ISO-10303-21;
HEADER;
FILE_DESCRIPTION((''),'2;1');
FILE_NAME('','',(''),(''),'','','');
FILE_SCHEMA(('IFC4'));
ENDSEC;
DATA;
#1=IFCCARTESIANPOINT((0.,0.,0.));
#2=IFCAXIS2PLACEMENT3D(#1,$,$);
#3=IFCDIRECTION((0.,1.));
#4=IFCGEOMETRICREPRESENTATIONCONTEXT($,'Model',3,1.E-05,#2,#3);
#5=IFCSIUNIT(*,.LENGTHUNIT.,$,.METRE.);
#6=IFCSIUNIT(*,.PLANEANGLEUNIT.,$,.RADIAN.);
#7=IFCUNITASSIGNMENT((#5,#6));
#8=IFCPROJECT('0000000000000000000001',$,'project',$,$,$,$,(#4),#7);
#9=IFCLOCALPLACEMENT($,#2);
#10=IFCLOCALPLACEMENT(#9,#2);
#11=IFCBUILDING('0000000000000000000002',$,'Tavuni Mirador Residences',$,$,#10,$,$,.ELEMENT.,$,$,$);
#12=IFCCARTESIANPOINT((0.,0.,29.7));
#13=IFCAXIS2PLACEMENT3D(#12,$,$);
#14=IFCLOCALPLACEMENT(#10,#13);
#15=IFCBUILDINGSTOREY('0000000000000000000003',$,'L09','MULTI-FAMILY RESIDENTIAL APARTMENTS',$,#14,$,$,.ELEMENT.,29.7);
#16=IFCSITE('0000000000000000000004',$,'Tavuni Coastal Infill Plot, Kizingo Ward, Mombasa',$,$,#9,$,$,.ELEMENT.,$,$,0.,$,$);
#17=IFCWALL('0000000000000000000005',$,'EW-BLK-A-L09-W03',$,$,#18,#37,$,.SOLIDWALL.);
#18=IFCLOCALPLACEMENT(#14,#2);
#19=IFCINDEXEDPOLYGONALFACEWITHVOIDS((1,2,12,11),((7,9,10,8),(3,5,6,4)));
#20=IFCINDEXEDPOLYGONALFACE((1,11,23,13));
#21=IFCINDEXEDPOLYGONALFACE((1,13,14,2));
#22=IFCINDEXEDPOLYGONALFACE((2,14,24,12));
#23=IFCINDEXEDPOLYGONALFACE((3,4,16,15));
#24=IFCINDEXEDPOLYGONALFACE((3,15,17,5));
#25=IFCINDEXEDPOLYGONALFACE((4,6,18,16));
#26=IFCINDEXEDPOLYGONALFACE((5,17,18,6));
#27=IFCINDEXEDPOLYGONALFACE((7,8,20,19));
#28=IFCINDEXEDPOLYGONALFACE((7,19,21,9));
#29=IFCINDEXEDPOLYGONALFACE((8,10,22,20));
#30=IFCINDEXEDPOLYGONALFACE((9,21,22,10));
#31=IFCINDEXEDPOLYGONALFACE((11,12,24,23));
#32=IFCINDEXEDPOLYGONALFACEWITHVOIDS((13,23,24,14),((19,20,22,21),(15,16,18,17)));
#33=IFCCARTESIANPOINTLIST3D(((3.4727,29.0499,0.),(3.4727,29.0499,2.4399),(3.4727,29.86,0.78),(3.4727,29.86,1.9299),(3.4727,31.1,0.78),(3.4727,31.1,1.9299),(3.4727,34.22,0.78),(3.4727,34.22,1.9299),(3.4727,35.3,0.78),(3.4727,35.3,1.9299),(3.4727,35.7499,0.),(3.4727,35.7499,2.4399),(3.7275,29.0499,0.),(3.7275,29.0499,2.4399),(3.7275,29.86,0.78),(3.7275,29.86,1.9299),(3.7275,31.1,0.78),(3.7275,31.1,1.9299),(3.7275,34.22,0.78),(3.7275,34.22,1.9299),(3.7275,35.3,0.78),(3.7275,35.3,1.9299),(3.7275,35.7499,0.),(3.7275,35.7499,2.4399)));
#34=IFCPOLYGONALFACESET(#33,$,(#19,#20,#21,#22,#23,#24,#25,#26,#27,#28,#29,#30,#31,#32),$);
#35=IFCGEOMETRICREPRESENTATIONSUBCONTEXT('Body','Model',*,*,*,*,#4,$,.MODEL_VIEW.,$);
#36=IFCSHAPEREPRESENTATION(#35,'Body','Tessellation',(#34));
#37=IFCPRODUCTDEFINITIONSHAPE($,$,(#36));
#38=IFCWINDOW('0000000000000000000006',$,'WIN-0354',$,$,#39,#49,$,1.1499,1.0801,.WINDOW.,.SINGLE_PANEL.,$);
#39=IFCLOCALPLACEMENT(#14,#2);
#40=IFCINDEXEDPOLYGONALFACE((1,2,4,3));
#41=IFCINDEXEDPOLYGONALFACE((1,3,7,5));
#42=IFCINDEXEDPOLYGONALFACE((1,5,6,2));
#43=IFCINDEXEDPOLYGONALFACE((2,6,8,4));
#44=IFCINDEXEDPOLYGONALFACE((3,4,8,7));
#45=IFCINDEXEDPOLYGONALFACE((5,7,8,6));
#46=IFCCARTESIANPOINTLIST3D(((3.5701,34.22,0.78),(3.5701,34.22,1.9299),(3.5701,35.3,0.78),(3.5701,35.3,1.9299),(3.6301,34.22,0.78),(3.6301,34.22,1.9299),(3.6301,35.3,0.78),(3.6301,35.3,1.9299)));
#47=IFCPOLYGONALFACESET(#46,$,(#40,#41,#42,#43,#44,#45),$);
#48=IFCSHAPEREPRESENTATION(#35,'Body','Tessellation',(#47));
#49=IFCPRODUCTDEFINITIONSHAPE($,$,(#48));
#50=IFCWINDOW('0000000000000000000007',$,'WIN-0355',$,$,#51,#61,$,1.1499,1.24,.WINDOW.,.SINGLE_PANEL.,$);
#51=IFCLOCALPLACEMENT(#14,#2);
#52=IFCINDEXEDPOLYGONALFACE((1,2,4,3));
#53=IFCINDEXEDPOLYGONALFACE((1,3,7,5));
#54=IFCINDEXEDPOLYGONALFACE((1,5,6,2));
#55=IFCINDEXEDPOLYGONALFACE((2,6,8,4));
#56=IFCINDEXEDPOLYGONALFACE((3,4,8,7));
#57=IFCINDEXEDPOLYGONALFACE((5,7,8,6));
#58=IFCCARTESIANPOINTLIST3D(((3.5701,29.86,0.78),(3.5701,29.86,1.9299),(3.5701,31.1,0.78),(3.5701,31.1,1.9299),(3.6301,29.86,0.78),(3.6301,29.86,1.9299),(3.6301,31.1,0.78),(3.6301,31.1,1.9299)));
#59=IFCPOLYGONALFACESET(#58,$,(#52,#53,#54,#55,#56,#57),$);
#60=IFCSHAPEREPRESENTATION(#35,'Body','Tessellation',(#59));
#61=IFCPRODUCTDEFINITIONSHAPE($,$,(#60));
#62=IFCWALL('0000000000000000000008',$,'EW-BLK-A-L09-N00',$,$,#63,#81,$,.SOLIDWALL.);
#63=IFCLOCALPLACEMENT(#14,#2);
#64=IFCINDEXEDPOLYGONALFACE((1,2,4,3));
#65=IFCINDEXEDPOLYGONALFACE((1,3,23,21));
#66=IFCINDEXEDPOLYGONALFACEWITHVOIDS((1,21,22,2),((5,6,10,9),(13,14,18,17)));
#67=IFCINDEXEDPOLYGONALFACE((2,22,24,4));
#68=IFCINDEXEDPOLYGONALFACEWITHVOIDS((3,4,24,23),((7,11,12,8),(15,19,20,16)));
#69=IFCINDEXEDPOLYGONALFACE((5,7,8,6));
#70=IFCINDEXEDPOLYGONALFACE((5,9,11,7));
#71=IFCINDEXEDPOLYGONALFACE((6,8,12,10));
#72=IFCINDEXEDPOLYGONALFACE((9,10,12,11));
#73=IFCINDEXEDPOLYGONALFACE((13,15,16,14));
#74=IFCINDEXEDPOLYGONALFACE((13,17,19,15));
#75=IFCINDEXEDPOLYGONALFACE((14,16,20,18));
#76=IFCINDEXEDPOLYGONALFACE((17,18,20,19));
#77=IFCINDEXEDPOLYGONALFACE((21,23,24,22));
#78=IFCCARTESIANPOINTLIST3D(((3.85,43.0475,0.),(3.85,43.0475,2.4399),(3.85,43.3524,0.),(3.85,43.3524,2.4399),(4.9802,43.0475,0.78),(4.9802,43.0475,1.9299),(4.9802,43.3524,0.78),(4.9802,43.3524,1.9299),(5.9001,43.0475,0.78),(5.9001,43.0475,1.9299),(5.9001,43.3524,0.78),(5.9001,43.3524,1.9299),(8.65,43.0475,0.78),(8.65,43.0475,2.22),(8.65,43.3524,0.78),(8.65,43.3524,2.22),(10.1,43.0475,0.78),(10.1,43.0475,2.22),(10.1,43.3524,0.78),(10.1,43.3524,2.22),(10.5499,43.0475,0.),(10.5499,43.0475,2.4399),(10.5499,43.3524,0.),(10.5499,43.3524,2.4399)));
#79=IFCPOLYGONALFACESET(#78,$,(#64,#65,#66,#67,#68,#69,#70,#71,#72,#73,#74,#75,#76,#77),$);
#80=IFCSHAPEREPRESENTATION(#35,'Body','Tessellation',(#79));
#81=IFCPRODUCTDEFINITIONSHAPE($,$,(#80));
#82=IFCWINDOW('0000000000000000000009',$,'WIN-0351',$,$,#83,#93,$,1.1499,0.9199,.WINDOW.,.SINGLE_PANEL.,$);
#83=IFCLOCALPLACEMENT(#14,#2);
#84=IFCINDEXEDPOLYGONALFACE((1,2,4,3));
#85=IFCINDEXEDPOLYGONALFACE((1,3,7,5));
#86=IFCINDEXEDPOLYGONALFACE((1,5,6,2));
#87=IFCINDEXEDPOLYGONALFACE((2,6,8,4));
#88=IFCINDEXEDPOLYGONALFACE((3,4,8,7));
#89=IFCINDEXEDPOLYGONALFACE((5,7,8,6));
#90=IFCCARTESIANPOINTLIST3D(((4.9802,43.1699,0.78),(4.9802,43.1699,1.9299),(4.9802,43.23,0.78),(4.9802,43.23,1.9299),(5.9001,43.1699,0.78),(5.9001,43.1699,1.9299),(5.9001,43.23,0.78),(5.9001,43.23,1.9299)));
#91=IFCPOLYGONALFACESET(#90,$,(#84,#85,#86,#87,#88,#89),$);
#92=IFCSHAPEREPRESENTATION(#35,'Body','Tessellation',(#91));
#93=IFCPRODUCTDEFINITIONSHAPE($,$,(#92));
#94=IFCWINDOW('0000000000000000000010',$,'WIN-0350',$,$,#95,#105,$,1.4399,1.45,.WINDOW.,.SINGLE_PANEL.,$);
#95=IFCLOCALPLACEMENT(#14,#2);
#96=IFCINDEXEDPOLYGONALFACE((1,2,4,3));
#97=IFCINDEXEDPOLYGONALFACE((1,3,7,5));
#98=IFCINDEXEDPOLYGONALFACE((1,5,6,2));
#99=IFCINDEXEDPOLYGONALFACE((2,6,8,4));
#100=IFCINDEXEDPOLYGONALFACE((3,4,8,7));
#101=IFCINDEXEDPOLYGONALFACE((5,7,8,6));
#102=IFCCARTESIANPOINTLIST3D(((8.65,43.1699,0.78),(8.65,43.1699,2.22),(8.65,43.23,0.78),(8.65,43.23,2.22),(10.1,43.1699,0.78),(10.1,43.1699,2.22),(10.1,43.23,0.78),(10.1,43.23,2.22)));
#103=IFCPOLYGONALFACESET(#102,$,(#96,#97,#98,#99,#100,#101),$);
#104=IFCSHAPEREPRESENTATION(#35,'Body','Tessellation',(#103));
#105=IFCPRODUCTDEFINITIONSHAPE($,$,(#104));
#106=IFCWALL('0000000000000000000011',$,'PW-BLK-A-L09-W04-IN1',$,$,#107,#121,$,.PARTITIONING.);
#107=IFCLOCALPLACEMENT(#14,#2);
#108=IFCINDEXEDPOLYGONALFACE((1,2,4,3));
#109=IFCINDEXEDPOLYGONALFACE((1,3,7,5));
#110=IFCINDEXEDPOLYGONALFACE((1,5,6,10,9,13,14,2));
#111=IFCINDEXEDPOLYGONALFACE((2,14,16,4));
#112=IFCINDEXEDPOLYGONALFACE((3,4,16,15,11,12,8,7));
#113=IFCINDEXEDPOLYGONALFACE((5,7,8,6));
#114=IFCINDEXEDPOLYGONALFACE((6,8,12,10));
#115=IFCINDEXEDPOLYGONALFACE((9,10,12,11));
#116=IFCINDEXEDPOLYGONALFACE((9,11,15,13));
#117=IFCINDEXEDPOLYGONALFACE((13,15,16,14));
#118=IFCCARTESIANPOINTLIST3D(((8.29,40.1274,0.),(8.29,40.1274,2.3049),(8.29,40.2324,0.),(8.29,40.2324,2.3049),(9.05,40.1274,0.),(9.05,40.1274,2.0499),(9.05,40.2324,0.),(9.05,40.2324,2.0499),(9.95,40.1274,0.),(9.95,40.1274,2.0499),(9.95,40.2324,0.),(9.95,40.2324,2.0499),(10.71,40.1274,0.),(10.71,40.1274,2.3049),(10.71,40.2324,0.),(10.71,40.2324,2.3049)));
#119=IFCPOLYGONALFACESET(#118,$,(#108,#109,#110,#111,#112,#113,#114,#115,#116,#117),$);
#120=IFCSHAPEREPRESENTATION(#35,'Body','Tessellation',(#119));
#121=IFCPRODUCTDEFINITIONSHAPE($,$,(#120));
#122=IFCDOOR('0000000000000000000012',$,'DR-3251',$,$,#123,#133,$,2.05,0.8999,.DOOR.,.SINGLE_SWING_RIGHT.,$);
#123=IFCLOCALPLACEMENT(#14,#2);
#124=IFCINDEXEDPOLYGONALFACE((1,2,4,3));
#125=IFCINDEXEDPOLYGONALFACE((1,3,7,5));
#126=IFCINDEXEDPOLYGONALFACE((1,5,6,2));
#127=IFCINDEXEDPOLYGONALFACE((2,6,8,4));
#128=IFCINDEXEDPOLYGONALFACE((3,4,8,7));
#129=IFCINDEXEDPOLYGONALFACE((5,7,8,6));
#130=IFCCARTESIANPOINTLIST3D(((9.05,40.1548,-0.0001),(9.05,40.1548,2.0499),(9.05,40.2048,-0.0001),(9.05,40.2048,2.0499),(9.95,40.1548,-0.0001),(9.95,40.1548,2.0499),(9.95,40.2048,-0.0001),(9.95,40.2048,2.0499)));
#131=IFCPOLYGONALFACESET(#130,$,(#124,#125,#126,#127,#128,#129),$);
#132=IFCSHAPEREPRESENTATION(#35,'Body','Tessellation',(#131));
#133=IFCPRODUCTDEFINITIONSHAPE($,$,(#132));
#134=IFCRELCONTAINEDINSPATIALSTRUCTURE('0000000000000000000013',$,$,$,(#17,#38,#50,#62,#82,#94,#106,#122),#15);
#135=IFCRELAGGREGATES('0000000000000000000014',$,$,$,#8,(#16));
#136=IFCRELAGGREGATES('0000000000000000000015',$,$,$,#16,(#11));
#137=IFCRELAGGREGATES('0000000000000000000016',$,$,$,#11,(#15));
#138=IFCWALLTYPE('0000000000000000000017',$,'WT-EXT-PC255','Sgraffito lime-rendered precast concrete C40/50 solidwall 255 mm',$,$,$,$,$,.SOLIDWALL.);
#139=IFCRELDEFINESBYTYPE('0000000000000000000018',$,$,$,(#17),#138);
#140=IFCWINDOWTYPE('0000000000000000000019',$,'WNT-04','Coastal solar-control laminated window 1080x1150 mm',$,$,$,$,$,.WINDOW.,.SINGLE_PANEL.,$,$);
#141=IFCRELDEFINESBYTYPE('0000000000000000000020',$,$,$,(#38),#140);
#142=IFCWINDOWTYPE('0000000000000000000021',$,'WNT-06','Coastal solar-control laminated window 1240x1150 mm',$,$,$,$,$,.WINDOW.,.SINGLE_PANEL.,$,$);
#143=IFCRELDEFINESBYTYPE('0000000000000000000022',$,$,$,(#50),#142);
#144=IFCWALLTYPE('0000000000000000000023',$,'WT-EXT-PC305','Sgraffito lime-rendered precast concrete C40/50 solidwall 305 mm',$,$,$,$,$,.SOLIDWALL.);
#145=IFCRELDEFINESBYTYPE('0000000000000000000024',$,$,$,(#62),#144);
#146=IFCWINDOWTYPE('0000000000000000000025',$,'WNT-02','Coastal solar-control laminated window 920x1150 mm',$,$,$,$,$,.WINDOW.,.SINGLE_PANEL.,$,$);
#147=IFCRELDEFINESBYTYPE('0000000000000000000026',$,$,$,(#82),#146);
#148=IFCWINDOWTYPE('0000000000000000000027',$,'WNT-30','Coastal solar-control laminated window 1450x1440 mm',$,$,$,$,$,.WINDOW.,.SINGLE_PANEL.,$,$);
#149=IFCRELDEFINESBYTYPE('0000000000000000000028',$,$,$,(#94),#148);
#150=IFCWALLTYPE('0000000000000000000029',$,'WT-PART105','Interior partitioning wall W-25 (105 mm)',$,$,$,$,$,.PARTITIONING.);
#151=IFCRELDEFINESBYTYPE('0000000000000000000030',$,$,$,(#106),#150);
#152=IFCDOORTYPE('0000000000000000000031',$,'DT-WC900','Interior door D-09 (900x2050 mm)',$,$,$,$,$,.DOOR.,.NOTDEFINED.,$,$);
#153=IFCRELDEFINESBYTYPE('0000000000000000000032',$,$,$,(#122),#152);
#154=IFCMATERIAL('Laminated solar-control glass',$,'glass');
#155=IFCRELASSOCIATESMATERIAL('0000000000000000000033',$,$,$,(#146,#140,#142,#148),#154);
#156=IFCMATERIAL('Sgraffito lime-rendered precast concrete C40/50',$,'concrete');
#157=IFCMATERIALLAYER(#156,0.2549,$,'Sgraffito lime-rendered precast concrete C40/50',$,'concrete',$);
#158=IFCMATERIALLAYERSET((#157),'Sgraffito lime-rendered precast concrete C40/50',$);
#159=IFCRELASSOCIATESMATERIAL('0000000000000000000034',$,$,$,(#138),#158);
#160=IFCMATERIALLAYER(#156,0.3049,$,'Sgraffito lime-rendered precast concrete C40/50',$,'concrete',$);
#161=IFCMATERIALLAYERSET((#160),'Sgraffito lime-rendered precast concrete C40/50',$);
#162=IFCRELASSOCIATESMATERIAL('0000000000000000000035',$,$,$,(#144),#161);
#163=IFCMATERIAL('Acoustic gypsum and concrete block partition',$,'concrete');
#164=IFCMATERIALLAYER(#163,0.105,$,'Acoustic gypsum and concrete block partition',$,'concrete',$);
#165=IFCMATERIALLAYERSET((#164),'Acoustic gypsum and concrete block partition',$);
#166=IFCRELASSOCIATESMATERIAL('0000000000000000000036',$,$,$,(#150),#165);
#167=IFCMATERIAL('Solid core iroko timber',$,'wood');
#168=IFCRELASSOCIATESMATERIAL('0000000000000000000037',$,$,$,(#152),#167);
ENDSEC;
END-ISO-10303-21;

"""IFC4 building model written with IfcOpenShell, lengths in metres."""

from ifc_helpers import new_model, si_unit, direction, frame, frame_2d, origin, place, context, subcontext, project, spatial, rectangle, extrude, material, layer, layer_set, type_object, element, fill, save


model = new_model("IFC4")

# Units and contexts
model_context = context("Model", 3, precision=1e-05, world=origin(), true_north=direction((0.0, 1.0)))
body_context = subcontext(model_context, "Body", "Model", "MODEL_VIEW")
ifc_project = project(units=[si_unit("LENGTHUNIT", "METRE"), si_unit("PLANEANGLEUNIT", "RADIAN")], contexts=[model_context])

# Site, building, storey
site_placement = place(None, origin())
site = spatial("IfcSite", under=ifc_project, at=site_placement, Name="Tavuni Coastal Infill Plot, Kizingo Ward, Mombasa", CompositionType="ELEMENT", RefElevation=0.0)
building_placement = place(site_placement, origin())
building = spatial("IfcBuilding", under=site, at=building_placement, Name="Tavuni Mirador Residences", CompositionType="ELEMENT")
storey_placement = place(building_placement, frame((0.0, 0.0, 29.7)))
storey = spatial("IfcBuildingStorey", under=building, at=storey_placement, Name="L09", Description="MULTI-FAMILY RESIDENTIAL APARTMENTS", CompositionType="ELEMENT", Elevation=29.7)

# Walls, openings, windows
ifc_material_1 = material(Name="Sgraffito lime-rendered precast concrete C40/50", Category="concrete")
ifc_material_2 = material(Name="Laminated solar-control glass", Category="glass")
window_type_1 = type_object("IfcWindowType", Name="WNT-02", Description="Coastal solar-control laminated window 920x1150 mm", PartitioningType="SINGLE_PANEL", PredefinedType="WINDOW", material=ifc_material_2)
window_type_2 = type_object("IfcWindowType", Name="WNT-04", Description="Coastal solar-control laminated window 1080x1150 mm", PartitioningType="SINGLE_PANEL", PredefinedType="WINDOW", material=ifc_material_2)
ifc_layer_1 = layer(ifc_material_1, 0.2549, Name="Sgraffito lime-rendered precast concrete C40/50", Category="concrete")
ifc_layer_set_1 = layer_set([ifc_layer_1], Name="Sgraffito lime-rendered precast concrete C40/50")
wall_type_1 = type_object("IfcWallType", Name="WT-EXT-PC255", Description="Sgraffito lime-rendered precast concrete C40/50 solidwall 255 mm", PredefinedType="SOLIDWALL", material=ifc_layer_set_1)
wall_1_placement = place(storey_placement, frame((3.6001, 35.75, 0.0), z_axis=(0.0, 0.0, 1.0), x_axis=(0.0, -1.0, 0.0)))
wall_1 = element("IfcWall", 1, at=wall_1_placement, inside=storey, type_object=wall_type_1, Name="EW-BLK-A-L09-W03", PredefinedType="SOLIDWALL", context=body_context, shape_type="SweptSolid", body=[
    extrude(rectangle(XDim=6.7, YDim=0.2549, at=frame_2d((3.3501, 0.0))), origin(), (0.0, 0.0, 1.0), 2.4399),
])
opening_1_placement = place(wall_1_placement, frame((0.45, 0.0, 0.78)))
opening_1 = element("IfcOpeningElement", 2, at=opening_1_placement, cuts=wall_1, PredefinedType="OPENING", context=body_context, shape_type="SweptSolid", body=[
    extrude(rectangle(XDim=1.0801, YDim=1.1499, at=frame_2d((0.54, 0.575))), frame((0.0, 0.1375, 0.0), z_axis=(0.0, -1.0, 0.0), x_axis=(1.0, 0.0, 0.0)), (0.0, 0.0, 1.0), 0.2749),
])
opening_2_placement = place(wall_1_placement, frame((4.6499, 0.0, 0.78)))
opening_2 = element("IfcOpeningElement", 3, at=opening_2_placement, cuts=wall_1, PredefinedType="OPENING", context=body_context, shape_type="SweptSolid", body=[
    extrude(rectangle(XDim=1.24, YDim=1.1499, at=frame_2d((0.6201, 0.575))), frame((0.0, 0.1375, 0.0), z_axis=(0.0, -1.0, 0.0), x_axis=(1.0, 0.0, 0.0)), (0.0, 0.0, 1.0), 0.2749),
])
window_1_placement = place(opening_1_placement, origin())
window_1 = element("IfcWindow", 4, at=window_1_placement, inside=storey, type_object=window_type_2, Name="WIN-0354", OverallHeight=1.1499, OverallWidth=1.0801, PartitioningType="SINGLE_PANEL", PredefinedType="WINDOW", context=body_context, shape_type="SweptSolid", body=[
    extrude(rectangle(XDim=1.0801, YDim=1.1499, at=frame_2d((0.54, 0.575))), frame((0.0, 0.03, 0.0), z_axis=(0.0, -1.0, 0.0), x_axis=(1.0, 0.0, 0.0)), (0.0, 0.0, 1.0), 0.0601),
])
fill(opening_1, window_1)
window_type_3 = type_object("IfcWindowType", Name="WNT-06", Description="Coastal solar-control laminated window 1240x1150 mm", PartitioningType="SINGLE_PANEL", PredefinedType="WINDOW", material=ifc_material_2)
window_2_placement = place(opening_2_placement, origin())
window_2 = element("IfcWindow", 5, at=window_2_placement, inside=storey, type_object=window_type_3, Name="WIN-0355", OverallHeight=1.1499, OverallWidth=1.24, PartitioningType="SINGLE_PANEL", PredefinedType="WINDOW", context=body_context, shape_type="SweptSolid", body=[
    extrude(rectangle(XDim=1.24, YDim=1.1499, at=frame_2d((0.6201, 0.575))), frame((0.0, 0.03, 0.0), z_axis=(0.0, -1.0, 0.0), x_axis=(1.0, 0.0, 0.0)), (0.0, 0.0, 1.0), 0.0601),
])
fill(opening_2, window_2)
ifc_layer_2 = layer(ifc_material_1, 0.3049, Name="Sgraffito lime-rendered precast concrete C40/50", Category="concrete")
ifc_layer_set_2 = layer_set([ifc_layer_2], Name="Sgraffito lime-rendered precast concrete C40/50")
wall_type_2 = type_object("IfcWallType", Name="WT-EXT-PC305", Description="Sgraffito lime-rendered precast concrete C40/50 solidwall 305 mm", PredefinedType="SOLIDWALL", material=ifc_layer_set_2)
wall_2_placement = place(storey_placement, frame((10.55, 43.2, 0.0), z_axis=(0.0, 0.0, 1.0), x_axis=(-1.0, 0.0, 0.0)))
wall_2 = element("IfcWall", 6, at=wall_2_placement, inside=storey, type_object=wall_type_2, Name="EW-BLK-A-L09-N00", PredefinedType="SOLIDWALL", context=body_context, shape_type="SweptSolid", body=[
    extrude(rectangle(XDim=6.7, YDim=0.3049, at=frame_2d((3.3501, 0.0))), origin(), (0.0, 0.0, 1.0), 2.4399),
])
opening_3_placement = place(wall_2_placement, frame((0.45, 0.0, 0.78)))
opening_3 = element("IfcOpeningElement", 7, at=opening_3_placement, cuts=wall_2, PredefinedType="OPENING", context=body_context, shape_type="SweptSolid", body=[
    extrude(rectangle(XDim=1.45, YDim=1.4399, at=frame_2d((0.7251, 0.72))), frame((0.0, 0.1626, 0.0), z_axis=(0.0, -1.0, 0.0), x_axis=(1.0, 0.0, 0.0)), (0.0, 0.0, 1.0), 0.325),
])
opening_4_placement = place(wall_2_placement, frame((4.6499, 0.0, 0.78)))
opening_4 = element("IfcOpeningElement", 8, at=opening_4_placement, cuts=wall_2, PredefinedType="OPENING", context=body_context, shape_type="SweptSolid", body=[
    extrude(rectangle(XDim=0.9199, YDim=1.1499, at=frame_2d((0.46, 0.575))), frame((0.0, 0.1626, 0.0), z_axis=(0.0, -1.0, 0.0), x_axis=(1.0, 0.0, 0.0)), (0.0, 0.0, 1.0), 0.325),
])
window_3_placement = place(opening_4_placement, origin())
window_3 = element("IfcWindow", 9, at=window_3_placement, inside=storey, type_object=window_type_1, Name="WIN-0351", OverallHeight=1.1499, OverallWidth=0.9199, PartitioningType="SINGLE_PANEL", PredefinedType="WINDOW", context=body_context, shape_type="SweptSolid", body=[
    extrude(rectangle(XDim=0.9199, YDim=1.1499, at=frame_2d((0.46, 0.575))), frame((0.0, 0.03, 0.0), z_axis=(0.0, -1.0, 0.0), x_axis=(1.0, 0.0, 0.0)), (0.0, 0.0, 1.0), 0.0601),
])
fill(opening_4, window_3)
window_type_4 = type_object("IfcWindowType", Name="WNT-30", Description="Coastal solar-control laminated window 1450x1440 mm", PartitioningType="SINGLE_PANEL", PredefinedType="WINDOW", material=ifc_material_2)
window_4_placement = place(opening_3_placement, origin())
window_4 = element("IfcWindow", 10, at=window_4_placement, inside=storey, type_object=window_type_4, Name="WIN-0350", OverallHeight=1.4399, OverallWidth=1.45, PartitioningType="SINGLE_PANEL", PredefinedType="WINDOW", context=body_context, shape_type="SweptSolid", body=[
    extrude(rectangle(XDim=1.45, YDim=1.4399, at=frame_2d((0.7251, 0.72))), frame((0.0, 0.03, 0.0), z_axis=(0.0, -1.0, 0.0), x_axis=(1.0, 0.0, 0.0)), (0.0, 0.0, 1.0), 0.0601),
])
fill(opening_3, window_4)

# Wall, opening, door
ifc_material_3 = material(Name="Acoustic gypsum and concrete block partition", Category="concrete")
ifc_layer_3 = layer(ifc_material_3, 0.105, Name="Acoustic gypsum and concrete block partition", Category="concrete")
ifc_layer_set_3 = layer_set([ifc_layer_3], Name="Acoustic gypsum and concrete block partition")
wall_type_3 = type_object("IfcWallType", Name="WT-PART105", Description="Interior partitioning wall W-25 (105 mm)", PredefinedType="PARTITIONING", material=ifc_layer_set_3)
wall_3_placement = place(storey_placement, frame((8.29, 40.1799, 0.0), z_axis=(0.0, 0.0, 1.0), x_axis=(1.0, 0.0, 0.0)))
wall_3 = element("IfcWall", 11, at=wall_3_placement, inside=storey, type_object=wall_type_3, Name="PW-BLK-A-L09-W04-IN1", PredefinedType="PARTITIONING", context=body_context, shape_type="SweptSolid", body=[
    extrude(rectangle(XDim=2.4199, YDim=0.105, at=frame_2d((1.21, 0.0))), origin(), (0.0, 0.0, 1.0), 2.3049),
])
opening_5_placement = place(wall_3_placement, frame((0.76, 0.0, 0.0)))
opening_5 = element("IfcOpeningElement", 12, at=opening_5_placement, cuts=wall_3, PredefinedType="OPENING", context=body_context, shape_type="SweptSolid", body=[
    extrude(rectangle(XDim=0.8999, YDim=2.05, at=frame_2d((0.45, 1.0249))), frame((0.0, 0.0625, 0.0), z_axis=(0.0, -1.0, 0.0), x_axis=(1.0, 0.0, 0.0)), (0.0, 0.0, 1.0), 0.125),
])
ifc_material_4 = material(Name="Solid core iroko timber", Category="wood")
door_type_1 = type_object("IfcDoorType", Name="DT-WC900", Description="Interior door D-09 (900x2050 mm)", OperationType="NOTDEFINED", PredefinedType="DOOR", material=ifc_material_4)
door_1_placement = place(opening_5_placement, origin())
door_1 = element("IfcDoor", 13, at=door_1_placement, inside=storey, type_object=door_type_1, Name="DR-3251", OperationType="SINGLE_SWING_RIGHT", OverallHeight=2.05, OverallWidth=0.8999, PredefinedType="DOOR", context=body_context, shape_type="SweptSolid", body=[
    extrude(rectangle(XDim=0.8999, YDim=2.05, at=frame_2d((0.45, 1.0249))), frame((0.0, 0.0249, 0.0), z_axis=(0.0, -1.0, 0.0), x_axis=(1.0, 0.0, 0.0)), (0.0, 0.0, 1.0), 0.05),
])
fill(opening_5, door_1)

save(model, "model.ifc")
